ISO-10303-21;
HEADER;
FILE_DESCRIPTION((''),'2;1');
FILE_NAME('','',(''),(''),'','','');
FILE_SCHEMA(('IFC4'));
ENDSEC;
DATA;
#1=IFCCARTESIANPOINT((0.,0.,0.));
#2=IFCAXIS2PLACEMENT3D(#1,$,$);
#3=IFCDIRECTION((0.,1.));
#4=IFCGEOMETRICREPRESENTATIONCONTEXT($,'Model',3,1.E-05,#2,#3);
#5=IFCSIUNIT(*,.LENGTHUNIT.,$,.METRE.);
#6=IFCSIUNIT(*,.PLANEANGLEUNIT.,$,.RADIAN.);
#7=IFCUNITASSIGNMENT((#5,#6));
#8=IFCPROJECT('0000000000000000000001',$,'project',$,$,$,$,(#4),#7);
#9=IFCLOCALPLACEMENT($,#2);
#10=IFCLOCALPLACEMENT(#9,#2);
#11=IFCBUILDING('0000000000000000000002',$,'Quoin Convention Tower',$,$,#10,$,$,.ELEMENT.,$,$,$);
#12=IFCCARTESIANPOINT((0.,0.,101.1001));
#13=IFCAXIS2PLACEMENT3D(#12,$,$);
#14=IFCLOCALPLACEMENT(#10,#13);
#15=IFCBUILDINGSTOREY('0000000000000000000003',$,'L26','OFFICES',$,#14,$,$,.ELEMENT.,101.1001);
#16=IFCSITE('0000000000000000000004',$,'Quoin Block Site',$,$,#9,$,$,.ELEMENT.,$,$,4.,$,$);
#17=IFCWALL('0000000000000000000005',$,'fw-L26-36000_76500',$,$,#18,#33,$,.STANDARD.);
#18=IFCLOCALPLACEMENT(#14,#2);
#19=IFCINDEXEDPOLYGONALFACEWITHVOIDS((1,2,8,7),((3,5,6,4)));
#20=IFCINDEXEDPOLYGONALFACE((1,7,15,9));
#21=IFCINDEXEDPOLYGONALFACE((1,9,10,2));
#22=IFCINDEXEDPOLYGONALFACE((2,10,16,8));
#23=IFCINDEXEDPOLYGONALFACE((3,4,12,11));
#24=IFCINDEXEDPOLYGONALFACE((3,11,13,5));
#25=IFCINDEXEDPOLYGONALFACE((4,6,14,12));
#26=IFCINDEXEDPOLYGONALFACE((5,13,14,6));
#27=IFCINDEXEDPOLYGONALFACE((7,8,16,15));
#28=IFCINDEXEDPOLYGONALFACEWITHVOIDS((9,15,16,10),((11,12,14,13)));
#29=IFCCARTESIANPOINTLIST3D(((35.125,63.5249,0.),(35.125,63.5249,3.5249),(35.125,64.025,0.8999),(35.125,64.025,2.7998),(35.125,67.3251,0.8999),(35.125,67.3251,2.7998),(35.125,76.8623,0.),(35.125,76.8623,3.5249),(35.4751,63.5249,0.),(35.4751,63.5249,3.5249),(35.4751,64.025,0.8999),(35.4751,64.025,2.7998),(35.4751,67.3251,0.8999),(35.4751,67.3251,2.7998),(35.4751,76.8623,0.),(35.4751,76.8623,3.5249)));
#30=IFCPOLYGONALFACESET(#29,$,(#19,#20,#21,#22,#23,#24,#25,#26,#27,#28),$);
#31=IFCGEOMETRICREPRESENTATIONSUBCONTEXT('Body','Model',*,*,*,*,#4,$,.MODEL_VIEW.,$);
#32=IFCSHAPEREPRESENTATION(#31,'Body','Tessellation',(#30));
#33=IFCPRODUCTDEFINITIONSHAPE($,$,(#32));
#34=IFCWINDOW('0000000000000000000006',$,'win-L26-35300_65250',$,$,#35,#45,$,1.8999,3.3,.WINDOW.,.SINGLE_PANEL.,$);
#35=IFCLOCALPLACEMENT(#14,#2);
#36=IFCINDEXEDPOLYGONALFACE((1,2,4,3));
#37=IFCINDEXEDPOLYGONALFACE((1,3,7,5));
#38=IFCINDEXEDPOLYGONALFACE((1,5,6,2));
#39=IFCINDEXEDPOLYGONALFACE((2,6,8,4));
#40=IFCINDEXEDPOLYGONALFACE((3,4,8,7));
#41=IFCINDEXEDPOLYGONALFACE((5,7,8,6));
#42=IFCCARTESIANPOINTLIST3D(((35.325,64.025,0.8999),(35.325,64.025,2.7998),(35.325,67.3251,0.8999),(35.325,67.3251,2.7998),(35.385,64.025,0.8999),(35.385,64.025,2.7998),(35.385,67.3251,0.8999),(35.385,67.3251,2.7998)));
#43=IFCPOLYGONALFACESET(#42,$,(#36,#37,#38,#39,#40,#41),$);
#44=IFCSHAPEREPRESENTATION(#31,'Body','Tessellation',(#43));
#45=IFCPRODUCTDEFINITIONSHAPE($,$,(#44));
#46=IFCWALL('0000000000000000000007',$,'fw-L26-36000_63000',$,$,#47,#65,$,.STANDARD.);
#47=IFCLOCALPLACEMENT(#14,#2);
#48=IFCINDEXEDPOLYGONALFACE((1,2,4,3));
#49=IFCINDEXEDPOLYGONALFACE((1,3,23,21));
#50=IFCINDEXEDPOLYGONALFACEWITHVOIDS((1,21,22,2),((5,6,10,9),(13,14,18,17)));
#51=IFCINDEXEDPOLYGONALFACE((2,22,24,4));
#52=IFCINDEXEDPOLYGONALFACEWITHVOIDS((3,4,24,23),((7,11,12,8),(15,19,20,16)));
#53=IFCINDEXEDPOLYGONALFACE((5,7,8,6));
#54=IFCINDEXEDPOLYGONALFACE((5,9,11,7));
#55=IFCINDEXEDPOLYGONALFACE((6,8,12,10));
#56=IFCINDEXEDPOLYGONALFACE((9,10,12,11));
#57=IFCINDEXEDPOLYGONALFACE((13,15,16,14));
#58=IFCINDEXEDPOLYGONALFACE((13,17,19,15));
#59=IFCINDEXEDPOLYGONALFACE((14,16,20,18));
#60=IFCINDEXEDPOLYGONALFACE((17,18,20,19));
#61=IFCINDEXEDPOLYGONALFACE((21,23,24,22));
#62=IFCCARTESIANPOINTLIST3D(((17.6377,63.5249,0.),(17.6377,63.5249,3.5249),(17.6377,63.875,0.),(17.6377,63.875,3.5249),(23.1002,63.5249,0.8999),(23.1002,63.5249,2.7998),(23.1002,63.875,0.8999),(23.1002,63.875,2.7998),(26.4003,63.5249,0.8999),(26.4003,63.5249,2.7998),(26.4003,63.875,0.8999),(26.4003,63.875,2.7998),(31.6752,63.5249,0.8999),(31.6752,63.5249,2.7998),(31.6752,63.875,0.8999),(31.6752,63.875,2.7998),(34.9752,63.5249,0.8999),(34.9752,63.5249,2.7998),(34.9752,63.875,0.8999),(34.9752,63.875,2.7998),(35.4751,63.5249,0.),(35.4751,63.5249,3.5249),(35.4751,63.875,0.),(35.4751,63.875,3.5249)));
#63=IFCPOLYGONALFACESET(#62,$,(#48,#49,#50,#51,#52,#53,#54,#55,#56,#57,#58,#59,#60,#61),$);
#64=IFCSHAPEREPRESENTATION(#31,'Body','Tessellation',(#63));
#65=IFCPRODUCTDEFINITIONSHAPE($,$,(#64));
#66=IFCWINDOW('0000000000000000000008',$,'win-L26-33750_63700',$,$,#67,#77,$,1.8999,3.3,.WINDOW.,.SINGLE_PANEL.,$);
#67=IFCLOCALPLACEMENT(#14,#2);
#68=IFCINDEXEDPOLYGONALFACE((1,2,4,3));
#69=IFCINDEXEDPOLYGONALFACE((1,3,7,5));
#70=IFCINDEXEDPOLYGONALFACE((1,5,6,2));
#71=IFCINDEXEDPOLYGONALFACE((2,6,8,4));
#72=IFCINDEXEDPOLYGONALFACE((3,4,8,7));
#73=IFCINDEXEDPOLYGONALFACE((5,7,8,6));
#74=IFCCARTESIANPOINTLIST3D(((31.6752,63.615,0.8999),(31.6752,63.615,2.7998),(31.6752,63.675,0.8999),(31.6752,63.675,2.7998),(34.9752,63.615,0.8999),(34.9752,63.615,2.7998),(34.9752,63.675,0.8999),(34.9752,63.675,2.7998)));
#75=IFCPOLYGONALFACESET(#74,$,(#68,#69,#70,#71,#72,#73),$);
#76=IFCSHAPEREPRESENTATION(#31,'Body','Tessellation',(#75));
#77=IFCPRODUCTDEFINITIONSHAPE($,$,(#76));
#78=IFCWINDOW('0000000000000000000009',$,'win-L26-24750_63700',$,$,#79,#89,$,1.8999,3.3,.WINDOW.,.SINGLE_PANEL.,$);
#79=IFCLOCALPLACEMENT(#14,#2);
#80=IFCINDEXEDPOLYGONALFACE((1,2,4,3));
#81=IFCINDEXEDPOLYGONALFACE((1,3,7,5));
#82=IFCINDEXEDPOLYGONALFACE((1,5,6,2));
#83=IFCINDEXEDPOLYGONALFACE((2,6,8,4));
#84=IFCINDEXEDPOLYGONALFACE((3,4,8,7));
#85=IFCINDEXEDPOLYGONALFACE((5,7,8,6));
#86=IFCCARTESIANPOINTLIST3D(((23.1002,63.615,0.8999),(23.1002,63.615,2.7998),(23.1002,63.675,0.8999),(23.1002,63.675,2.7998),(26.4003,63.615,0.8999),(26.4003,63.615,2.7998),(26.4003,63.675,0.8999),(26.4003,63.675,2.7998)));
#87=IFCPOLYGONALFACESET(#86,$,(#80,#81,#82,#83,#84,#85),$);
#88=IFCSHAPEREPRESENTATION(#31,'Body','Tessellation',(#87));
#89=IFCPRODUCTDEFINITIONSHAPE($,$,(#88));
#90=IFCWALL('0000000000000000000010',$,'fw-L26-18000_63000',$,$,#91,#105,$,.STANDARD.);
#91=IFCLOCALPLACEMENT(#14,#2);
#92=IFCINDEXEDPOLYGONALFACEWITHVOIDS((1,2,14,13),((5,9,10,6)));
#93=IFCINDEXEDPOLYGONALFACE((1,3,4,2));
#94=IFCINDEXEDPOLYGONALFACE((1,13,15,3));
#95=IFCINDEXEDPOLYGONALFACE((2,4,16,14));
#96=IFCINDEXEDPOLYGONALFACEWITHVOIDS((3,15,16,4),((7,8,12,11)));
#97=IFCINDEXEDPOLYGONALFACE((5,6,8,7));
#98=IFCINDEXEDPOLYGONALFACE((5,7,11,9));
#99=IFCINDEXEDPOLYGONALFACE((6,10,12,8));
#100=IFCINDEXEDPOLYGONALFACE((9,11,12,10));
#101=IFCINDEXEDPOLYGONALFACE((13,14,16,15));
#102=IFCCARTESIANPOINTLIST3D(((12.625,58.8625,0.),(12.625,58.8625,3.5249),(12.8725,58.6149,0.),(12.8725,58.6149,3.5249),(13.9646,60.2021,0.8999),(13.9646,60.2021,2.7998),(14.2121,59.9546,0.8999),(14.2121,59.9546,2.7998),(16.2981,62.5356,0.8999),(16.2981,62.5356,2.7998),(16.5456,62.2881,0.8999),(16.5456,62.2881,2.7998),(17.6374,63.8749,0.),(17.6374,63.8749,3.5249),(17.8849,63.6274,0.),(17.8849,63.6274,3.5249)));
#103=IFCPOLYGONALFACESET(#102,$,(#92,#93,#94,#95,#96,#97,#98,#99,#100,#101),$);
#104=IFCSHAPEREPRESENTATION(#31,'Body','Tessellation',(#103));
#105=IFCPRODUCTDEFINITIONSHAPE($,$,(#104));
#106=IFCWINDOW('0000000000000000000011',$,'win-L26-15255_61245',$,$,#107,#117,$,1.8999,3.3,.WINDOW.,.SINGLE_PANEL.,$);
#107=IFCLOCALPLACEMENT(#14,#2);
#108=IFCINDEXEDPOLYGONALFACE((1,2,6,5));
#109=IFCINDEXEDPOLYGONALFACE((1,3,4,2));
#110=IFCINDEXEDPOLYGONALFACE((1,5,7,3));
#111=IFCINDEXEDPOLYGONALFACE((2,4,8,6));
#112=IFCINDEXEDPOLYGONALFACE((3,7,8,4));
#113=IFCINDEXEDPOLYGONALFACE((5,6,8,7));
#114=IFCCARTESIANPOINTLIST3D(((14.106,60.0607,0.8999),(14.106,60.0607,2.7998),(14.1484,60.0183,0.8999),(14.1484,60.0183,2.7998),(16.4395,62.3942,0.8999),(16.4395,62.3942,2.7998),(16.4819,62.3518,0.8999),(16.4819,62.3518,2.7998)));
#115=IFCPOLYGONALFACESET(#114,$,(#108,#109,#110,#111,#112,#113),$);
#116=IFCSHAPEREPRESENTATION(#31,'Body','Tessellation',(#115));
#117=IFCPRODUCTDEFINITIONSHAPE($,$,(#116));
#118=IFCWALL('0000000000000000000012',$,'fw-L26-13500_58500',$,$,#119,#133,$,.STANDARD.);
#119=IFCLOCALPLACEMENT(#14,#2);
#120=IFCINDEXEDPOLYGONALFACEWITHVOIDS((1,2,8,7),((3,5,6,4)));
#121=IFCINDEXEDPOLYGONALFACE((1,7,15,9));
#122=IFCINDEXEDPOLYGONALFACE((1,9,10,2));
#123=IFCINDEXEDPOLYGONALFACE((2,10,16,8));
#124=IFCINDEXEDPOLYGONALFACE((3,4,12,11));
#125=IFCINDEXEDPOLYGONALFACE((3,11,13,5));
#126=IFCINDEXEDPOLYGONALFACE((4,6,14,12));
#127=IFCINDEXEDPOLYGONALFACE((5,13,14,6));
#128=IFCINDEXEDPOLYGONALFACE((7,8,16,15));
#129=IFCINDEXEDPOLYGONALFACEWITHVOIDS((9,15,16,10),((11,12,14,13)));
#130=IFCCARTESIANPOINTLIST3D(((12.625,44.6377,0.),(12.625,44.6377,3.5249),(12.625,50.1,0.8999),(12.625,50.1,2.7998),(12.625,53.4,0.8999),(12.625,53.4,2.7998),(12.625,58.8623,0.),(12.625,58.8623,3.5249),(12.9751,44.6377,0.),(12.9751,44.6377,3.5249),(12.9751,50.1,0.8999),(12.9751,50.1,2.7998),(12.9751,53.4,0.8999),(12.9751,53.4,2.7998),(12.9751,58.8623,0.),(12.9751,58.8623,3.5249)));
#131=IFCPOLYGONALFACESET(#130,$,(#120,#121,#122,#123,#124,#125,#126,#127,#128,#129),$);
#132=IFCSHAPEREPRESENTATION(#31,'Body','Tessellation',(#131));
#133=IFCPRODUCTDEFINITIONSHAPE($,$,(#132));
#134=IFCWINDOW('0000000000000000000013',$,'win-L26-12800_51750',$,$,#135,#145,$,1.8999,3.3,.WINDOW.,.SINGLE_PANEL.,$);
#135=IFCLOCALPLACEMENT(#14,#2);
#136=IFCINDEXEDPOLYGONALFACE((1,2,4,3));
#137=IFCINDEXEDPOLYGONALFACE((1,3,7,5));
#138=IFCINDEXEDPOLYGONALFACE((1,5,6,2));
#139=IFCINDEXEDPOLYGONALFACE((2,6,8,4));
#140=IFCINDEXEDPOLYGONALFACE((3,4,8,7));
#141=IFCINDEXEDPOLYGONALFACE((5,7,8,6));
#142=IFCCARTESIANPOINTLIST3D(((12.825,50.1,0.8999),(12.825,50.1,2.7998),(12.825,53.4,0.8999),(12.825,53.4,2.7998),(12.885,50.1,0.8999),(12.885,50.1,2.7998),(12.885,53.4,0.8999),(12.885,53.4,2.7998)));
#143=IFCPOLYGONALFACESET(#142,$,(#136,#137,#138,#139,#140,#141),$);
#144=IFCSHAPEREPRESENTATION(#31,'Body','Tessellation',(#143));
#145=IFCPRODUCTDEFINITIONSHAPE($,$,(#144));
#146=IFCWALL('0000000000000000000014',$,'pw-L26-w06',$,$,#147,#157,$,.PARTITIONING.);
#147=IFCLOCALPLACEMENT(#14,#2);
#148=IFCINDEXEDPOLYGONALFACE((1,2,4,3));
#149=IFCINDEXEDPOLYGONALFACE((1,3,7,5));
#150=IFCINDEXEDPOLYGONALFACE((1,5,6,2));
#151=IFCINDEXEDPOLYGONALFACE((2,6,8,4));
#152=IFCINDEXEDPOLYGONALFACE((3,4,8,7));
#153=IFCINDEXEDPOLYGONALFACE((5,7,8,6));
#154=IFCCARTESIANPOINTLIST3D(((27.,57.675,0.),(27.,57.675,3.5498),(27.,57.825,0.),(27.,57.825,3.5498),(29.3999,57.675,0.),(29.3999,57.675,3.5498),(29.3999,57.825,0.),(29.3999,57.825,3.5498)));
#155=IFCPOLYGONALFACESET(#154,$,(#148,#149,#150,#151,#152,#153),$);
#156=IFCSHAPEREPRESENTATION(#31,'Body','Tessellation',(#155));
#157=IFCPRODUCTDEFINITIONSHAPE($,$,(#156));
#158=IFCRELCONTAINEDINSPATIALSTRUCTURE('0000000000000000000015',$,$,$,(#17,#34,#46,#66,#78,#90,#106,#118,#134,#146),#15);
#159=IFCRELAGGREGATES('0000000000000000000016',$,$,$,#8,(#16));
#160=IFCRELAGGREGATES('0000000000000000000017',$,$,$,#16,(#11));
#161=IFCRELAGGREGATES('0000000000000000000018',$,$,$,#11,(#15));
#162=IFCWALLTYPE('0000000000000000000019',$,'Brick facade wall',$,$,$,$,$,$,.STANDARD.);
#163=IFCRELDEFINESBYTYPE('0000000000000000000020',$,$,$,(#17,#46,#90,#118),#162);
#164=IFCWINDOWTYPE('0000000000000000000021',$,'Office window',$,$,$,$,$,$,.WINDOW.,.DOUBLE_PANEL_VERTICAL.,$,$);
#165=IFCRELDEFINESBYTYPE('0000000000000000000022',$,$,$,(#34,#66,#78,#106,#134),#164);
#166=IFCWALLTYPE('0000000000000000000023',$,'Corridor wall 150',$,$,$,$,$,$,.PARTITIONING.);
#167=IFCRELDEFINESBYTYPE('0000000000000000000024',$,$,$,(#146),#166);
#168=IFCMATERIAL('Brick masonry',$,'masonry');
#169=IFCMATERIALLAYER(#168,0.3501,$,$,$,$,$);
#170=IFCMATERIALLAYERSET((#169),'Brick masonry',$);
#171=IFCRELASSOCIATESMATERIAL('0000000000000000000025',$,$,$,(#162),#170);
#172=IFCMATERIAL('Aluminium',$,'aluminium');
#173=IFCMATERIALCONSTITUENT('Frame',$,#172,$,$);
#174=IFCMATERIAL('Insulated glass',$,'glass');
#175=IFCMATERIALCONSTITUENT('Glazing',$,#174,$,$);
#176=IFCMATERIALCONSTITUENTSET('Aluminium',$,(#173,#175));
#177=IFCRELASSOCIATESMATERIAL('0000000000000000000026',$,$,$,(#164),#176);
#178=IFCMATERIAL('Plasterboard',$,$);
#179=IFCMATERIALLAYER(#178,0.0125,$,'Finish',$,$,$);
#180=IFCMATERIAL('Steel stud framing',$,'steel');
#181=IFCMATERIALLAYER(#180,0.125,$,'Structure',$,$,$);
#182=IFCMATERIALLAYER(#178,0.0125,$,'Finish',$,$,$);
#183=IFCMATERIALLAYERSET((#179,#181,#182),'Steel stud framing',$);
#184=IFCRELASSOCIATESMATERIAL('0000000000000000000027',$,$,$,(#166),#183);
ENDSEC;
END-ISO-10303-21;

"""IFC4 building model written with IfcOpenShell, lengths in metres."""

from ifc_helpers import new_model, si_unit, direction, frame, frame_2d, origin, place, context, subcontext, project, spatial, rectangle, extrude, material, layer, layer_set, constituent, constituent_set, type_object, element, fill, save


model = new_model("IFC4")

# Units and contexts
model_context = context("Model", 3, precision=1e-05, world=origin(), true_north=direction((0.0, 1.0)))
body_context = subcontext(model_context, "Body", "Model", "MODEL_VIEW")
ifc_project = project(units=[si_unit("LENGTHUNIT", "METRE"), si_unit("PLANEANGLEUNIT", "RADIAN")], contexts=[model_context])

# Site, building, storey
site_placement = place(None, origin())
site = spatial("IfcSite", under=ifc_project, at=site_placement, Name="Quoin Block Site", CompositionType="ELEMENT", RefElevation=4.0)
building_placement = place(site_placement, origin())
building = spatial("IfcBuilding", under=site, at=building_placement, Name="Quoin Convention Tower", CompositionType="ELEMENT")
storey_placement = place(building_placement, frame((0.0, 0.0, 101.1001)))
storey = spatial("IfcBuildingStorey", under=building, at=storey_placement, Name="L26", Description="OFFICES", CompositionType="ELEMENT", Elevation=101.1001)

# Wall, opening, window
ifc_material_1 = material(Name="Brick masonry", Category="masonry")
ifc_layer_1 = layer(ifc_material_1, 0.3501)
ifc_layer_set_1 = layer_set([ifc_layer_1], Name="Brick masonry")
wall_type_1 = type_object("IfcWallType", Name="Brick facade wall", PredefinedType="STANDARD", material=ifc_layer_set_1)
wall_1_placement = place(storey_placement, frame((35.3, 76.8623, 0.0), z_axis=(0.0, 0.0, 1.0), x_axis=(0.0, -1.0, 0.0)))
wall_1 = element("IfcWall", 1, at=wall_1_placement, inside=storey, type_object=wall_type_1, Name="fw-L26-36000_76500", PredefinedType="STANDARD", context=body_context, shape_type="SweptSolid", body=[
    extrude(rectangle(XDim=13.3374, YDim=0.3501, at=frame_2d((6.6687, 0.0))), origin(), (0.0, 0.0, 1.0), 3.5249),
])
opening_1_placement = place(wall_1_placement, frame((9.5374, 0.0, 0.8999)))
opening_1 = element("IfcOpeningElement", 2, at=opening_1_placement, cuts=wall_1, PredefinedType="OPENING", context=body_context, shape_type="SweptSolid", body=[
    extrude(rectangle(XDim=3.3, YDim=1.8999, at=frame_2d((1.6499, 0.95))), frame((0.0, 0.1851, 0.0), z_axis=(0.0, -1.0, 0.0), x_axis=(1.0, 0.0, 0.0)), (0.0, 0.0, 1.0), 0.3701),
])
ifc_material_2 = material(Name="Aluminium", Category="aluminium")
ifc_constituent_1 = constituent(ifc_material_2, Name="Frame")
ifc_material_3 = material(Name="Insulated glass", Category="glass")
ifc_constituent_2 = constituent(ifc_material_3, Name="Glazing")
ifc_constituent_set = constituent_set(constituents=[ifc_constituent_1, ifc_constituent_2], Name="Aluminium")
window_type = type_object("IfcWindowType", Name="Office window", PartitioningType="DOUBLE_PANEL_VERTICAL", PredefinedType="WINDOW", material=ifc_constituent_set)
window_1_placement = place(opening_1_placement, origin())
window_1 = element("IfcWindow", 3, at=window_1_placement, inside=storey, type_object=window_type, Name="win-L26-35300_65250", OverallHeight=1.8999, OverallWidth=3.3, PartitioningType="SINGLE_PANEL", PredefinedType="WINDOW", context=body_context, shape_type="SweptSolid", body=[
    extrude(rectangle(XDim=3.3, YDim=1.8999, at=frame_2d((1.6499, 0.95))), frame((0.0, 0.085, 0.0), z_axis=(0.0, -1.0, 0.0), x_axis=(1.0, 0.0, 0.0)), (0.0, 0.0, 1.0), 0.0601),
])
fill(opening_1, window_1)

# Wall, openings, windows
wall_2_placement = place(storey_placement, frame((35.4751, 63.7, 0.0), z_axis=(0.0, 0.0, 1.0), x_axis=(-1.0, 0.0, 0.0)))
wall_2 = element("IfcWall", 4, at=wall_2_placement, inside=storey, type_object=wall_type_1, Name="fw-L26-36000_63000", PredefinedType="STANDARD", context=body_context, shape_type="SweptSolid", body=[
    extrude(rectangle(XDim=17.8374, YDim=0.3501, at=frame_2d((8.9187, 0.0))), origin(), (0.0, 0.0, 1.0), 3.5249),
])
opening_2_placement = place(wall_2_placement, frame((0.5, 0.0, 0.8999)))
opening_2 = element("IfcOpeningElement", 5, at=opening_2_placement, cuts=wall_2, PredefinedType="OPENING", context=body_context, shape_type="SweptSolid", body=[
    extrude(rectangle(XDim=3.3, YDim=1.8999, at=frame_2d((1.6499, 0.95))), frame((0.0, 0.1851, 0.0), z_axis=(0.0, -1.0, 0.0), x_axis=(1.0, 0.0, 0.0)), (0.0, 0.0, 1.0), 0.3701),
])
opening_3_placement = place(wall_2_placement, frame((9.075, 0.0, 0.8999)))
opening_3 = element("IfcOpeningElement", 6, at=opening_3_placement, cuts=wall_2, PredefinedType="OPENING", context=body_context, shape_type="SweptSolid", body=[
    extrude(rectangle(XDim=3.3, YDim=1.8999, at=frame_2d((1.6499, 0.95))), frame((0.0, 0.1851, 0.0), z_axis=(0.0, -1.0, 0.0), x_axis=(1.0, 0.0, 0.0)), (0.0, 0.0, 1.0), 0.3701),
])
window_2_placement = place(opening_2_placement, origin())
window_2 = element("IfcWindow", 7, at=window_2_placement, inside=storey, type_object=window_type, Name="win-L26-33750_63700", OverallHeight=1.8999, OverallWidth=3.3, PartitioningType="SINGLE_PANEL", PredefinedType="WINDOW", context=body_context, shape_type="SweptSolid", body=[
    extrude(rectangle(XDim=3.3, YDim=1.8999, at=frame_2d((1.6499, 0.95))), frame((0.0, 0.085, 0.0), z_axis=(0.0, -1.0, 0.0), x_axis=(1.0, 0.0, 0.0)), (0.0, 0.0, 1.0), 0.0601),
])
fill(opening_2, window_2)
window_3_placement = place(opening_3_placement, origin())
window_3 = element("IfcWindow", 8, at=window_3_placement, inside=storey, type_object=window_type, Name="win-L26-24750_63700", OverallHeight=1.8999, OverallWidth=3.3, PartitioningType="SINGLE_PANEL", PredefinedType="WINDOW", context=body_context, shape_type="SweptSolid", body=[
    extrude(rectangle(XDim=3.3, YDim=1.8999, at=frame_2d((1.6499, 0.95))), frame((0.0, 0.085, 0.0), z_axis=(0.0, -1.0, 0.0), x_axis=(1.0, 0.0, 0.0)), (0.0, 0.0, 1.0), 0.0601),
])
fill(opening_3, window_3)

# Walls, openings, windows
wall_3_placement = place(storey_placement, frame((17.7612, 63.7512, 0.0), z_axis=(0.0, 0.0, 1.0), x_axis=(-0.707107, -0.707107, 0.0)))
wall_3 = element("IfcWall", 9, at=wall_3_placement, inside=storey, type_object=wall_type_1, Name="fw-L26-18000_63000", PredefinedType="STANDARD", context=body_context, shape_type="SweptSolid", body=[
    extrude(rectangle(XDim=7.0886, YDim=0.3501, at=frame_2d((3.5444, 0.0))), origin(), (0.0, 0.0, 1.0), 3.5249),
])
opening_4_placement = place(wall_3_placement, frame((1.8943, 0.0, 0.8999)))
opening_4 = element("IfcOpeningElement", 10, at=opening_4_placement, cuts=wall_3, PredefinedType="OPENING", context=body_context, shape_type="SweptSolid", body=[
    extrude(rectangle(XDim=3.3, YDim=1.8999, at=frame_2d((1.6499, 0.95))), frame((0.0, 0.1851, 0.0), z_axis=(0.0, -1.0, 0.0), x_axis=(1.0, 0.0, 0.0)), (0.0, 0.0, 1.0), 0.3701),
])
window_4_placement = place(opening_4_placement, origin())
window_4 = element("IfcWindow", 11, at=window_4_placement, inside=storey, type_object=window_type, Name="win-L26-15255_61245", OverallHeight=1.8999, OverallWidth=3.3, PartitioningType="SINGLE_PANEL", PredefinedType="WINDOW", context=body_context, shape_type="SweptSolid", body=[
    extrude(rectangle(XDim=3.3, YDim=1.8999, at=frame_2d((1.6499, 0.95))), frame((0.0, 0.085, 0.0), z_axis=(0.0, -1.0, 0.0), x_axis=(1.0, 0.0, 0.0)), (0.0, 0.0, 1.0), 0.0601),
])
fill(opening_4, window_4)
wall_4_placement = place(storey_placement, frame((12.8, 58.8623, 0.0), z_axis=(0.0, 0.0, 1.0), x_axis=(0.0, -1.0, 0.0)))
wall_4 = element("IfcWall", 12, at=wall_4_placement, inside=storey, type_object=wall_type_1, Name="fw-L26-13500_58500", PredefinedType="STANDARD", context=body_context, shape_type="SweptSolid", body=[
    extrude(rectangle(XDim=14.2246, YDim=0.3501, at=frame_2d((7.1123, 0.0))), origin(), (0.0, 0.0, 1.0), 3.5249),
])
opening_5_placement = place(wall_4_placement, frame((5.4624, 0.0, 0.8999)))
opening_5 = element("IfcOpeningElement", 13, at=opening_5_placement, cuts=wall_4, PredefinedType="OPENING", context=body_context, shape_type="SweptSolid", body=[
    extrude(rectangle(XDim=3.3, YDim=1.8999, at=frame_2d((1.6499, 0.95))), frame((0.0, 0.1851, 0.0), z_axis=(0.0, -1.0, 0.0), x_axis=(1.0, 0.0, 0.0)), (0.0, 0.0, 1.0), 0.3701),
])
window_5_placement = place(opening_5_placement, origin())
window_5 = element("IfcWindow", 14, at=window_5_placement, inside=storey, type_object=window_type, Name="win-L26-12800_51750", OverallHeight=1.8999, OverallWidth=3.3, PartitioningType="SINGLE_PANEL", PredefinedType="WINDOW", context=body_context, shape_type="SweptSolid", body=[
    extrude(rectangle(XDim=3.3, YDim=1.8999, at=frame_2d((1.6499, 0.95))), frame((0.0, 0.085, 0.0), z_axis=(0.0, -1.0, 0.0), x_axis=(1.0, 0.0, 0.0)), (0.0, 0.0, 1.0), 0.0601),
])
fill(opening_5, window_5)

# Wall
ifc_material_4 = material(Name="Plasterboard")
ifc_layer_2 = layer(ifc_material_4, 0.0125, Name="Finish")
ifc_material_5 = material(Name="Steel stud framing", Category="steel")
ifc_layer_3 = layer(ifc_material_5, 0.125, Name="Structure")
ifc_layer_4 = layer(ifc_material_4, 0.0125, Name="Finish")
ifc_layer_set_2 = layer_set([ifc_layer_2, ifc_layer_3, ifc_layer_4], Name="Steel stud framing")
wall_type_2 = type_object("IfcWallType", Name="Corridor wall 150", PredefinedType="PARTITIONING", material=ifc_layer_set_2)
wall_5_placement = place(storey_placement, frame((27.0, 57.75, 0.0), z_axis=(0.0, 0.0, 1.0), x_axis=(1.0, 0.0, 0.0)))
element("IfcWall", 15, at=wall_5_placement, inside=storey, type_object=wall_type_2, Name="pw-L26-w06", PredefinedType="PARTITIONING", context=body_context, shape_type="SweptSolid", body=[
    extrude(rectangle(XDim=2.3999, YDim=0.1499, at=frame_2d((1.2, 0.0))), origin(), (0.0, 0.0, 1.0), 3.5498),
])

save(model, "model.ifc")
